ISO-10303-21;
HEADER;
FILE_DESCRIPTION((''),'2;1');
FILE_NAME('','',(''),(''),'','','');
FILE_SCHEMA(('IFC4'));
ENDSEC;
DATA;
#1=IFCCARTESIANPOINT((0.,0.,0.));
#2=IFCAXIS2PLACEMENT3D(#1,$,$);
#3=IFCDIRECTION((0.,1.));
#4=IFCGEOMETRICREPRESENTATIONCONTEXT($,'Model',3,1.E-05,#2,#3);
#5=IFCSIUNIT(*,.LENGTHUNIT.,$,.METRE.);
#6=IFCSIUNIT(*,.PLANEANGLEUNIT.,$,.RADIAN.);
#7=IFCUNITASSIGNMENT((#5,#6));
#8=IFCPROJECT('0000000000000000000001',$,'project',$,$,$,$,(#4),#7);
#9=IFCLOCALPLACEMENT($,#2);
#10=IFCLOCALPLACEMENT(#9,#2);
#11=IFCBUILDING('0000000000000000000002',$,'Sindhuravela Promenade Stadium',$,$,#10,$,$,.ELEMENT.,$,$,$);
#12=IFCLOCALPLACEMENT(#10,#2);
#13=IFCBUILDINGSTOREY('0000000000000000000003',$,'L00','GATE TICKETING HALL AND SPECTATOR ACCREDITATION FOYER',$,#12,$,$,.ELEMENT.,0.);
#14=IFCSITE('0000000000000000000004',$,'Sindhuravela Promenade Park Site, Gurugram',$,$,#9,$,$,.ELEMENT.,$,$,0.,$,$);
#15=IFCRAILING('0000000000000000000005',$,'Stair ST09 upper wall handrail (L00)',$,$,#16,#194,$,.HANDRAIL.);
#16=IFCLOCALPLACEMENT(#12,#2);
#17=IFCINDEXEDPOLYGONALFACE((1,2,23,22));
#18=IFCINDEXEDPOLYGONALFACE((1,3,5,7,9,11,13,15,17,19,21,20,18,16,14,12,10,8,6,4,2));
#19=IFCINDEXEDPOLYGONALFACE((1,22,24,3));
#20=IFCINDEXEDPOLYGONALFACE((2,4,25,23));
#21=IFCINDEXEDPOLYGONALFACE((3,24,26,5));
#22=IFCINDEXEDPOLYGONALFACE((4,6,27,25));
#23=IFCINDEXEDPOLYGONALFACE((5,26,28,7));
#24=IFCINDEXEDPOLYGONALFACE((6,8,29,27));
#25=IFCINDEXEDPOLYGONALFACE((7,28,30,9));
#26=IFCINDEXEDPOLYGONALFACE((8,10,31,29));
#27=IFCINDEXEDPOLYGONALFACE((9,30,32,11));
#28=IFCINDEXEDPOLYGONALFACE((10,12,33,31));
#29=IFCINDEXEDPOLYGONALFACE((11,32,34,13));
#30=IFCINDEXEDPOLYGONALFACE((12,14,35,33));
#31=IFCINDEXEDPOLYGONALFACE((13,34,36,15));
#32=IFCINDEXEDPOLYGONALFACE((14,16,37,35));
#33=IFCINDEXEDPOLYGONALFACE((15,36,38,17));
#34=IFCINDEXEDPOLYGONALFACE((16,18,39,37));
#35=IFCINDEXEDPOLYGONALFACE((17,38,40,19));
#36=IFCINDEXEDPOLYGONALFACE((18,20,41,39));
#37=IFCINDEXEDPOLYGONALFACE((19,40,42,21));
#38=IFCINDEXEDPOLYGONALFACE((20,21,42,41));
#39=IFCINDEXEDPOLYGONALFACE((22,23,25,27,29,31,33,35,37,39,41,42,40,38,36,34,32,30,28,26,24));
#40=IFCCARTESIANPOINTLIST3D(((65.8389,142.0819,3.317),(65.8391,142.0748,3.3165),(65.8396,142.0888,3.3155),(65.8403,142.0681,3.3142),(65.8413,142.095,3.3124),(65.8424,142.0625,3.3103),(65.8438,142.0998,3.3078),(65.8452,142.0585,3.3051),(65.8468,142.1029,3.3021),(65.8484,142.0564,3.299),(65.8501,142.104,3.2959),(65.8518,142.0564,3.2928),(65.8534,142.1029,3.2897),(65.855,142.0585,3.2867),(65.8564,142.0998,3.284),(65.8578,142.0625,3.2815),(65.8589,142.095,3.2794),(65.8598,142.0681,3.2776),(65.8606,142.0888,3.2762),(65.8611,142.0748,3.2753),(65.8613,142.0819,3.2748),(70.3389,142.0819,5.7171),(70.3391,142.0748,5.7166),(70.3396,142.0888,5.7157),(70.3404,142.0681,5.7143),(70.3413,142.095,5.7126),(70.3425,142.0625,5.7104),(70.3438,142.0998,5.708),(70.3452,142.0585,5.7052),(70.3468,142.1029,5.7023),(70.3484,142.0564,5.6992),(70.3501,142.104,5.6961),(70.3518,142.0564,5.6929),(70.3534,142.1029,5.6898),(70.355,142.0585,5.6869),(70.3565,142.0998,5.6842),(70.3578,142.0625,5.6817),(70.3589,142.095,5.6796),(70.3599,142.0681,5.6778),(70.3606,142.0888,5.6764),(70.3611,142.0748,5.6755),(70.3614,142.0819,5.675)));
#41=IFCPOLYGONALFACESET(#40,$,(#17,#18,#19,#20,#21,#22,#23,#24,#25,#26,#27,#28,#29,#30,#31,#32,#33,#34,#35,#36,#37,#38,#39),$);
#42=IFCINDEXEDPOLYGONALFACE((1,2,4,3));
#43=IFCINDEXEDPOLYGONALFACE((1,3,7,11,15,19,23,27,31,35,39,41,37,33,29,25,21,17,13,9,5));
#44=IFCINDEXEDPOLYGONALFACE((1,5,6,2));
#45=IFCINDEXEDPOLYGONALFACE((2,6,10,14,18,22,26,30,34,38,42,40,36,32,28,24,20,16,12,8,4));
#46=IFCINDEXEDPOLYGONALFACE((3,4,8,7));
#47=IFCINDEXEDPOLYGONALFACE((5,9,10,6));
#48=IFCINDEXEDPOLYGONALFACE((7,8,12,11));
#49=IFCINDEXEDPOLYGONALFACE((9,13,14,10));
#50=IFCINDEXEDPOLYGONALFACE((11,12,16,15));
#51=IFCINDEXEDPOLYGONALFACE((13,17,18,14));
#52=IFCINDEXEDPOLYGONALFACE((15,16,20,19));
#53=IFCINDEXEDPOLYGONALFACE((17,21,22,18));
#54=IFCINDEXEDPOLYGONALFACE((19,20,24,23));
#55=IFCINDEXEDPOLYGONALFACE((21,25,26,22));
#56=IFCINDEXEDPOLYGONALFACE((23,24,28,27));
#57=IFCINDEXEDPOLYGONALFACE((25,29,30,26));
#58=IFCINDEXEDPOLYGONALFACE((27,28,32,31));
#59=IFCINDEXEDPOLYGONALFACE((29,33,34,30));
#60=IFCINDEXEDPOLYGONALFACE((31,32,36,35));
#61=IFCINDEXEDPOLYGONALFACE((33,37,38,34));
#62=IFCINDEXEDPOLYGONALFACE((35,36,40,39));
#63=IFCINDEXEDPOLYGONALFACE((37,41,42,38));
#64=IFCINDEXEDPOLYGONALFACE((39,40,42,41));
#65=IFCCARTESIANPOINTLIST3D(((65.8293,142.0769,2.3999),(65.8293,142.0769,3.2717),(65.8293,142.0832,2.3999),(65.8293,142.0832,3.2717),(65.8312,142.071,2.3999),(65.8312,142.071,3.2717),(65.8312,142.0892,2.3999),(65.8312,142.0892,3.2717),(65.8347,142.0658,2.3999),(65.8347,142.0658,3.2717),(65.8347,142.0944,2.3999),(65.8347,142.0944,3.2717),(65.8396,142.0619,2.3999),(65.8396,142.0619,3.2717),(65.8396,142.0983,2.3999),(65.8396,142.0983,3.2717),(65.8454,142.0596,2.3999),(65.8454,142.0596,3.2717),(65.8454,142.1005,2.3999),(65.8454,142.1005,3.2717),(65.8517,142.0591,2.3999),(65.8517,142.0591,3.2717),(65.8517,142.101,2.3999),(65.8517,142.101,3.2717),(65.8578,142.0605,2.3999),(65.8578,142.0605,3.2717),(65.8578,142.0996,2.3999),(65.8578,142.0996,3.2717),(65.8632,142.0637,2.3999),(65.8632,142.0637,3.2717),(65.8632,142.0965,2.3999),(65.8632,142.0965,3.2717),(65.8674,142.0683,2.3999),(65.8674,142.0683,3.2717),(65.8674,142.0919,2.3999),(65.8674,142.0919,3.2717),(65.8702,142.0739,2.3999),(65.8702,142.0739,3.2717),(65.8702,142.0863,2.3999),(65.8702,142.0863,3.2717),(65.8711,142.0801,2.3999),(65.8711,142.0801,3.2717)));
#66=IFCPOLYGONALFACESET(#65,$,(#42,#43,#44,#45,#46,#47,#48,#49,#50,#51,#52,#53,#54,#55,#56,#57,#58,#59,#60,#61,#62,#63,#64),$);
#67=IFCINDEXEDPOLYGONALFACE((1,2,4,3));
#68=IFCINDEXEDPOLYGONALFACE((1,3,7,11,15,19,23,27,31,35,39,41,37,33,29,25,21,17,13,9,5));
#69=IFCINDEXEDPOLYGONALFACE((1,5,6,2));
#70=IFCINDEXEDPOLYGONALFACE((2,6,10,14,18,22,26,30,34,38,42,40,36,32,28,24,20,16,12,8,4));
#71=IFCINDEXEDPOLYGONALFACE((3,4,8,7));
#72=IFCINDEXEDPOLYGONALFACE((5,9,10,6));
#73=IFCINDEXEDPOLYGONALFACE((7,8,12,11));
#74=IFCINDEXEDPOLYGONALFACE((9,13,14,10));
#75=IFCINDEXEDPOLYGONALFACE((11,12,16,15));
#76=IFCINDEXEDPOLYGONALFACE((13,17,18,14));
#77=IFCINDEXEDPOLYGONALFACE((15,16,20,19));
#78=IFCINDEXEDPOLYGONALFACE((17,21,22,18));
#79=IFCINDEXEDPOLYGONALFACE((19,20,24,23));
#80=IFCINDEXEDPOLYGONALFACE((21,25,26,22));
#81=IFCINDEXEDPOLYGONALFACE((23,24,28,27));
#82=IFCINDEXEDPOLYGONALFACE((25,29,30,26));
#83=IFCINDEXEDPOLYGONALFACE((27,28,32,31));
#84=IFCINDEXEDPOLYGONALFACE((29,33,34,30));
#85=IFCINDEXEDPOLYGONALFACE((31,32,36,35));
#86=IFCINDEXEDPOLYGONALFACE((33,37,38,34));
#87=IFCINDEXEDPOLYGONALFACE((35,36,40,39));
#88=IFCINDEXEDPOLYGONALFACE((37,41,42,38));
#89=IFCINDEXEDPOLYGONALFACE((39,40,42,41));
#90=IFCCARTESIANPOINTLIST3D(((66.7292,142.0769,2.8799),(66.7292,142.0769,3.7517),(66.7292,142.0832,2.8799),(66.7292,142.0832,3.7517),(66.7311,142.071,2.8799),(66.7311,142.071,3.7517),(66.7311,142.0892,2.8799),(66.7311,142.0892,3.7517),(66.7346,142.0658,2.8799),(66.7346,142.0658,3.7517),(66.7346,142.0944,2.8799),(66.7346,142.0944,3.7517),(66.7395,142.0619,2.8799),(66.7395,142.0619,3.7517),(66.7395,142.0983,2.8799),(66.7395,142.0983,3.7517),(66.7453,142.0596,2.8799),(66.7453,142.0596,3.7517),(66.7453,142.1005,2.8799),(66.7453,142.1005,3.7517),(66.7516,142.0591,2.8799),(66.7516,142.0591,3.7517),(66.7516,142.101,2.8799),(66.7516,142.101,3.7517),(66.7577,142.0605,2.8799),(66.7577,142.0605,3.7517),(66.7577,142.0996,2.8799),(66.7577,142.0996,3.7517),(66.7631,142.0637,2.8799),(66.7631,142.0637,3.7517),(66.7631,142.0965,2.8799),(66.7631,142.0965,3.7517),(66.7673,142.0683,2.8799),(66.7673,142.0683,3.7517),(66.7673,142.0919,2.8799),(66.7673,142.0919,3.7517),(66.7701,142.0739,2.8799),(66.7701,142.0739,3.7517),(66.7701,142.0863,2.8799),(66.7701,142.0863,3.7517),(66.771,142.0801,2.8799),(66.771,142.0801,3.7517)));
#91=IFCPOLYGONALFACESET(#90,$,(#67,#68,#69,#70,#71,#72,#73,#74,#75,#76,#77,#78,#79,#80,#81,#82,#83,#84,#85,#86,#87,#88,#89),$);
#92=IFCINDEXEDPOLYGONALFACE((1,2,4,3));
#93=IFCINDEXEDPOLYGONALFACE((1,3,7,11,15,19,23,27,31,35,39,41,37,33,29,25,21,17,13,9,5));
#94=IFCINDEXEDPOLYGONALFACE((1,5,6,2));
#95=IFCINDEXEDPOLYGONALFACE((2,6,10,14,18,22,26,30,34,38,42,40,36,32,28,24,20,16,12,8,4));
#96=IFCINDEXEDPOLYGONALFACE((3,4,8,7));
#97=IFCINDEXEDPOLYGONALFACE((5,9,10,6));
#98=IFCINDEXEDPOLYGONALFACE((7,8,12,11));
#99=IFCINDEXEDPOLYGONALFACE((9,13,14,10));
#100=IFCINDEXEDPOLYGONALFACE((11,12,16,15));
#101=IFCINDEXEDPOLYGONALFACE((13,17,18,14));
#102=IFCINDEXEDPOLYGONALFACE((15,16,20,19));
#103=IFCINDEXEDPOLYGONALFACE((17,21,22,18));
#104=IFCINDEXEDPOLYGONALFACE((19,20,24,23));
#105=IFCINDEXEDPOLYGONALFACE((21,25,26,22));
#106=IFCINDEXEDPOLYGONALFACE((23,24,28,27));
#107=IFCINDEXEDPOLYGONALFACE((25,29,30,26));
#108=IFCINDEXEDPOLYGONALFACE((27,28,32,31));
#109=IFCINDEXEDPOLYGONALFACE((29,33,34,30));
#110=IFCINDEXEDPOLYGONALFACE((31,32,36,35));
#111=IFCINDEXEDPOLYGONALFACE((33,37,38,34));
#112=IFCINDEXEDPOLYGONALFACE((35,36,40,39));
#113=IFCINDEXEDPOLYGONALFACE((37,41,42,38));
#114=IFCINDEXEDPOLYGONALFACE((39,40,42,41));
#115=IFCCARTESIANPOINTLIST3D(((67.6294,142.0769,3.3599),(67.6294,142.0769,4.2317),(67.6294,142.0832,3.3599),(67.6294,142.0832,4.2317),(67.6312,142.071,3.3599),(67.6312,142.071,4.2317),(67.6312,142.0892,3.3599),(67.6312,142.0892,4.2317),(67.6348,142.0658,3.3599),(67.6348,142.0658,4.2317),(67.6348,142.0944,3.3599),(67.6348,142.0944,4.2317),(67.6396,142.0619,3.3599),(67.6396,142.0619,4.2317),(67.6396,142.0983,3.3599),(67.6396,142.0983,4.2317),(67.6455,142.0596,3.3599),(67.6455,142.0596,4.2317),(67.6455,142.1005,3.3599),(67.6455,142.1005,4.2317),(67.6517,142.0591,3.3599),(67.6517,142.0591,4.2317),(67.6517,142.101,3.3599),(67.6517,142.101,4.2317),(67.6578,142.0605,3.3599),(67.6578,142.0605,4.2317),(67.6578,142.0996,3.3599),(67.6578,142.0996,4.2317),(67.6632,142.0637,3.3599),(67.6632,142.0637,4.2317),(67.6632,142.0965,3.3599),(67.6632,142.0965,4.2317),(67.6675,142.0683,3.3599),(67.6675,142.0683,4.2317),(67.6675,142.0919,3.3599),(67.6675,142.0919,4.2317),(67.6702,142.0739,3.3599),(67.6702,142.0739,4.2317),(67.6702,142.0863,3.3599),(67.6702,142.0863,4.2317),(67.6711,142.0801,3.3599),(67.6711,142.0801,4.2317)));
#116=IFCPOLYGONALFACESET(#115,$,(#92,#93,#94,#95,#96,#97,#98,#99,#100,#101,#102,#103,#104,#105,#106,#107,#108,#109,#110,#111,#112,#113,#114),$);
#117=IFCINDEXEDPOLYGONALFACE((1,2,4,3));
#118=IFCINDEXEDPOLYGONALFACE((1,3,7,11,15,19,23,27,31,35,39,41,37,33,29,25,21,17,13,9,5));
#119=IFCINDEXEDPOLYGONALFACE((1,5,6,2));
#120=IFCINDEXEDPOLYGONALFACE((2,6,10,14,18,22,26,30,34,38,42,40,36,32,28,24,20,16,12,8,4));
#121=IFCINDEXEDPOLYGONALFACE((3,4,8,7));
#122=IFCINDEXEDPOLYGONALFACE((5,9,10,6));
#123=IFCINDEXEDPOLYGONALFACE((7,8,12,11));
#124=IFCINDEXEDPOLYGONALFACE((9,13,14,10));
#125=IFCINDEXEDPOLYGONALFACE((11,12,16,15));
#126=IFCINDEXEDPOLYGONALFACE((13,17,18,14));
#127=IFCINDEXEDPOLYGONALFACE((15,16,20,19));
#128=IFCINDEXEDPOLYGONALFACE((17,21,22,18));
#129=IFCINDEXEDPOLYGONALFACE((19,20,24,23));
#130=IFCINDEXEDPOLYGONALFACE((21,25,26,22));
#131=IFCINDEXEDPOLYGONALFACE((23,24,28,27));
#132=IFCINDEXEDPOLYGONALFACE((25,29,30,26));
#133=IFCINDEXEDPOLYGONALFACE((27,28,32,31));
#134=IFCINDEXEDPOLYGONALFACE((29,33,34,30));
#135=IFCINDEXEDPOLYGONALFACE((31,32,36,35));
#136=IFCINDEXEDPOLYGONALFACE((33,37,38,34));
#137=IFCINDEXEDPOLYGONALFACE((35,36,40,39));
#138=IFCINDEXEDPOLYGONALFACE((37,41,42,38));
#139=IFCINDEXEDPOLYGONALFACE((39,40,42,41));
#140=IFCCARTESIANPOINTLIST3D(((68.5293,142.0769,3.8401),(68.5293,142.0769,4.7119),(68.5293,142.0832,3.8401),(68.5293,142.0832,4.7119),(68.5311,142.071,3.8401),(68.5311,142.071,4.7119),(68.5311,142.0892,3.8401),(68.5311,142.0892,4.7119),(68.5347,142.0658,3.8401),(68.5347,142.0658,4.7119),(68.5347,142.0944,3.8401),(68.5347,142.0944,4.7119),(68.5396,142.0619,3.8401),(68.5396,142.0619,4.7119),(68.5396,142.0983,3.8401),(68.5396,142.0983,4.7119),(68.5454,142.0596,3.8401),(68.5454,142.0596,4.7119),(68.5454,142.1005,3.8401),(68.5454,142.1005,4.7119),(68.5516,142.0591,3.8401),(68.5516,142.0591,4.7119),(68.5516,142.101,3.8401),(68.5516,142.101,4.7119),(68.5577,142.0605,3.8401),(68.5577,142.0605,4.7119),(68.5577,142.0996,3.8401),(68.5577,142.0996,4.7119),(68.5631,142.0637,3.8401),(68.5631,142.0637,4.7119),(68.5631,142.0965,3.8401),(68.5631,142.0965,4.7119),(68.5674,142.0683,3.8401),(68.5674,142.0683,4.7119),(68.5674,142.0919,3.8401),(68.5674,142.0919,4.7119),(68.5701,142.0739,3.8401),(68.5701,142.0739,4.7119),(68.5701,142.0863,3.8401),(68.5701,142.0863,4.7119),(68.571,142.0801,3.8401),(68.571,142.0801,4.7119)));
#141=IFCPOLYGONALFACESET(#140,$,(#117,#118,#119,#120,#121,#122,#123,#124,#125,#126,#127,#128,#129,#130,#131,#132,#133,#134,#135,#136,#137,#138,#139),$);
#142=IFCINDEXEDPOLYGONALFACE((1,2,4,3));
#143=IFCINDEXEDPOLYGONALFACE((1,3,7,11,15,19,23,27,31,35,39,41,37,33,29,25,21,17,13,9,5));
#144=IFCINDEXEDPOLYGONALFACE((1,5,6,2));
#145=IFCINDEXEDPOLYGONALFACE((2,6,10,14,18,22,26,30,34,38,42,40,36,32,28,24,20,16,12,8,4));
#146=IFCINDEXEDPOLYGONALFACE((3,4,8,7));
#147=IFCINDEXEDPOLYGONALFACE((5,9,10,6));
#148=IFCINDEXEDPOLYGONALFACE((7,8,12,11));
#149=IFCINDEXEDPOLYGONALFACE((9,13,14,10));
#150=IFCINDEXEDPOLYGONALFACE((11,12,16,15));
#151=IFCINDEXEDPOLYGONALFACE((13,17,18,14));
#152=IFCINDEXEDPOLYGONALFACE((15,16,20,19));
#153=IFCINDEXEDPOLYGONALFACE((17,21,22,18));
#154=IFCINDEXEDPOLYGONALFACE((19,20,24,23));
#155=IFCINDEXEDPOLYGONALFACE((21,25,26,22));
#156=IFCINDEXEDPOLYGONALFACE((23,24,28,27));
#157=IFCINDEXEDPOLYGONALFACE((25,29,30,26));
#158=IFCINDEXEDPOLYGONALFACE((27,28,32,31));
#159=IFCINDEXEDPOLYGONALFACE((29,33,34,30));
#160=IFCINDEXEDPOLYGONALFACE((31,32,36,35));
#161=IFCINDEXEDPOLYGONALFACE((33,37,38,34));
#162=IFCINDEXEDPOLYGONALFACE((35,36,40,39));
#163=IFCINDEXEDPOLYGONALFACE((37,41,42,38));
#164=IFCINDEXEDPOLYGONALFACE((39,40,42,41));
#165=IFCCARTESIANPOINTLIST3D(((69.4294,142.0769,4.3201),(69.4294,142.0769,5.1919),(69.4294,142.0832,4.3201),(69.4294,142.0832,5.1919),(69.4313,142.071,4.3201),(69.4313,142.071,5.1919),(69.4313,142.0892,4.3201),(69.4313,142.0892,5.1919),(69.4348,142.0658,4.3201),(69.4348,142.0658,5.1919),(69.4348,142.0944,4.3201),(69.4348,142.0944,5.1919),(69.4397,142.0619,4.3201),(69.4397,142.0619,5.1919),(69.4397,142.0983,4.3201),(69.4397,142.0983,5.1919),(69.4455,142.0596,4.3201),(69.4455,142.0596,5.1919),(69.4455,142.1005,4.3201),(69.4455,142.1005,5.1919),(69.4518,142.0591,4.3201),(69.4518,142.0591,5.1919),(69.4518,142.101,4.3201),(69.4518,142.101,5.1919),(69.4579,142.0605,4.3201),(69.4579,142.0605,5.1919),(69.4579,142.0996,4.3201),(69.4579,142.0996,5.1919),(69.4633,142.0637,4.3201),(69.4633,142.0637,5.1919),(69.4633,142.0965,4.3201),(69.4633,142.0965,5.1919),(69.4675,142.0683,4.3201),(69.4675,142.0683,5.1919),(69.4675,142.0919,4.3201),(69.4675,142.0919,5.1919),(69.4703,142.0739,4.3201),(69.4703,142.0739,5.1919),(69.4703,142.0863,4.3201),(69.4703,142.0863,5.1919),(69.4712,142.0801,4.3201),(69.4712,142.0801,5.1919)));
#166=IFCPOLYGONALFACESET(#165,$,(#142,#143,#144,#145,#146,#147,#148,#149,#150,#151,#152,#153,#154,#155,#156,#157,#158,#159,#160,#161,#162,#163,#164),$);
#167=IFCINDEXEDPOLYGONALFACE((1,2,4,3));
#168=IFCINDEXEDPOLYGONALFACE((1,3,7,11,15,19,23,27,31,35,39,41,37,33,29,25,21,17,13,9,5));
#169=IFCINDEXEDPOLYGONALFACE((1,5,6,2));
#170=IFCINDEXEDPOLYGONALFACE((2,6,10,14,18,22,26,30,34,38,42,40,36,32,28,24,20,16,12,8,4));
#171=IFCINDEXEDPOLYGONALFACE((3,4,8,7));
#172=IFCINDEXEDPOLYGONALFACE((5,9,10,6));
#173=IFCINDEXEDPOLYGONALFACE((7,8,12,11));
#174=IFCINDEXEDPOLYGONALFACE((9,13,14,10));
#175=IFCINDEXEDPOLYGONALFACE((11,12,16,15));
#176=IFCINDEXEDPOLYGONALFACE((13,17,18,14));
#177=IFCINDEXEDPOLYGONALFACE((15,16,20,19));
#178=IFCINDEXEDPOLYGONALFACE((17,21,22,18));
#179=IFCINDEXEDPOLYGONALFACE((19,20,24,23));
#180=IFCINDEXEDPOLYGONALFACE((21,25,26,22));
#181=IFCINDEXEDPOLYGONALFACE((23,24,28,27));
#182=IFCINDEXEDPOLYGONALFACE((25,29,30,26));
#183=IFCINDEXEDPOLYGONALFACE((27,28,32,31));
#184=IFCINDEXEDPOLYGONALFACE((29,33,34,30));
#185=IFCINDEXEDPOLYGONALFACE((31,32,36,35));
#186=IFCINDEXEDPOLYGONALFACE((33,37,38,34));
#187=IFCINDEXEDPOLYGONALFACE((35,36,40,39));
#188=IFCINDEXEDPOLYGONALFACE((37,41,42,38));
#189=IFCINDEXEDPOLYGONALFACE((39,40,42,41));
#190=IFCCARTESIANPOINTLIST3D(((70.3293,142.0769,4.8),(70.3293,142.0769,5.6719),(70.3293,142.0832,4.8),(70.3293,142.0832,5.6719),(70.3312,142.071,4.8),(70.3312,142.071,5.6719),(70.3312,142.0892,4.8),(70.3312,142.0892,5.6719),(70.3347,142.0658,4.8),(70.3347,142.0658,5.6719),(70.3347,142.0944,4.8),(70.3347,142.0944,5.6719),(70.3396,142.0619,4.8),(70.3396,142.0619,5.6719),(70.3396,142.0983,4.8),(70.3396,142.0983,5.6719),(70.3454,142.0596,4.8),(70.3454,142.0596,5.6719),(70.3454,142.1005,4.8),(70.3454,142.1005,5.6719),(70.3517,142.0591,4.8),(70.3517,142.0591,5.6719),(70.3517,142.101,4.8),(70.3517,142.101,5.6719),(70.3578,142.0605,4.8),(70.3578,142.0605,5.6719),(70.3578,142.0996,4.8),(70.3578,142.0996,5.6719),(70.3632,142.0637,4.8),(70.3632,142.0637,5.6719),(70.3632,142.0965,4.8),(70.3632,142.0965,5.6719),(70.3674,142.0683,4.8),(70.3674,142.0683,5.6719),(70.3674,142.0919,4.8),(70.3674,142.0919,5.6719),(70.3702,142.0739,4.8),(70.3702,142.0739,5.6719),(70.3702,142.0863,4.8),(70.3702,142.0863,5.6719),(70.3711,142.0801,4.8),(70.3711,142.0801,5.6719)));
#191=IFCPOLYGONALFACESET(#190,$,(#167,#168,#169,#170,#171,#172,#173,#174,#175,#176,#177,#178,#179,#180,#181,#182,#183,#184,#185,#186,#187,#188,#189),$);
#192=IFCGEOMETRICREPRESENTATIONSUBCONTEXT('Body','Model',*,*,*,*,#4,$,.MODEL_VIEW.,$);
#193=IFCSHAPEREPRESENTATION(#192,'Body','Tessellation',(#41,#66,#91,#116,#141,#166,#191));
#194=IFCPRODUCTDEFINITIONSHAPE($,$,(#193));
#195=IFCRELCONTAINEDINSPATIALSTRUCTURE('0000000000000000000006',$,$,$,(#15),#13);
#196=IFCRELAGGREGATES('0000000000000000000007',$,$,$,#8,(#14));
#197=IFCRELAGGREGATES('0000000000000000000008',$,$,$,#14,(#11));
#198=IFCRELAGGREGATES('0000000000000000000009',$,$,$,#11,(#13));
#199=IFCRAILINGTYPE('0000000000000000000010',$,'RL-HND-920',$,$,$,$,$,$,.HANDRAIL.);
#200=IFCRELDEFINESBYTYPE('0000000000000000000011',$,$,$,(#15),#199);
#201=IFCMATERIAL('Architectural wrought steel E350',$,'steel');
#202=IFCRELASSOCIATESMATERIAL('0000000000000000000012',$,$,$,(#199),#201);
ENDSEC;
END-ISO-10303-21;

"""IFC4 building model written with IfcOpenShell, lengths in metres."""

from ifc_helpers import new_model, si_unit, direction, frame, origin, origin_2d, place, context, subcontext, project, spatial, circle, extrude, material, type_object, element, save


model = new_model("IFC4")

# Units and contexts
model_context = context("Model", 3, precision=1e-05, world=origin(), true_north=direction((0.0, 1.0)))
body_context = subcontext(model_context, "Body", "Model", "MODEL_VIEW")
ifc_project = project(units=[si_unit("LENGTHUNIT", "METRE"), si_unit("PLANEANGLEUNIT", "RADIAN")], contexts=[model_context])

# Site, building, storey
site_placement = place(None, origin())
site = spatial("IfcSite", under=ifc_project, at=site_placement, Name="Sindhuravela Promenade Park Site, Gurugram", CompositionType="ELEMENT", RefElevation=0.0)
building_placement = place(site_placement, origin())
building = spatial("IfcBuilding", under=site, at=building_placement, Name="Sindhuravela Promenade Stadium", CompositionType="ELEMENT")
storey_placement = place(building_placement, origin())
storey = spatial("IfcBuildingStorey", under=building, at=storey_placement, Name="L00", Description="GATE TICKETING HALL AND SPECTATOR ACCREDITATION FOYER", CompositionType="ELEMENT", Elevation=0.0)

# Railing
ifc_material_1 = material(Name="Architectural wrought steel E350", Category="steel")
railing_type = type_object("IfcRailingType", Name="RL-HND-920", PredefinedType="HANDRAIL", material=ifc_material_1)
railing_placement = place(storey_placement, frame((65.8501, 142.0801, 2.3999)))
element("IfcRailing", 1, at=railing_placement, inside=storey, type_object=railing_type, Name="Stair ST09 upper wall handrail (L00)", PredefinedType="HANDRAIL", context=body_context, shape_type="SweptSolid", body=[
    extrude(circle(Radius=0.0239, at=origin_2d()), frame((0.0, 0.0, 0.896), z_axis=(0.882341, 0.0, 0.470611), x_axis=(0.0, 1.0, 0.0)), (0.0, 0.0, 1.0), 5.1001),
    extrude(circle(Radius=0.021, at=origin_2d()), origin(), (0.0, 0.0, 1.0), 0.8718),
    extrude(circle(Radius=0.021, at=origin_2d()), frame((0.8999, 0.0, 0.48)), (0.0, 0.0, 1.0), 0.8718),
    extrude(circle(Radius=0.021, at=origin_2d()), frame((1.8, 0.0, 0.96)), (0.0, 0.0, 1.0), 0.8718),
    extrude(circle(Radius=0.021, at=origin_2d()), frame((2.7, 0.0, 1.4402)), (0.0, 0.0, 1.0), 0.8718),
    extrude(circle(Radius=0.021, at=origin_2d()), frame((3.6001, 0.0, 1.9202)), (0.0, 0.0, 1.0), 0.8718),
    extrude(circle(Radius=0.021, at=origin_2d()), frame((4.5, 0.0, 2.4001)), (0.0, 0.0, 1.0), 0.8718),
])

save(model, "model.ifc")
